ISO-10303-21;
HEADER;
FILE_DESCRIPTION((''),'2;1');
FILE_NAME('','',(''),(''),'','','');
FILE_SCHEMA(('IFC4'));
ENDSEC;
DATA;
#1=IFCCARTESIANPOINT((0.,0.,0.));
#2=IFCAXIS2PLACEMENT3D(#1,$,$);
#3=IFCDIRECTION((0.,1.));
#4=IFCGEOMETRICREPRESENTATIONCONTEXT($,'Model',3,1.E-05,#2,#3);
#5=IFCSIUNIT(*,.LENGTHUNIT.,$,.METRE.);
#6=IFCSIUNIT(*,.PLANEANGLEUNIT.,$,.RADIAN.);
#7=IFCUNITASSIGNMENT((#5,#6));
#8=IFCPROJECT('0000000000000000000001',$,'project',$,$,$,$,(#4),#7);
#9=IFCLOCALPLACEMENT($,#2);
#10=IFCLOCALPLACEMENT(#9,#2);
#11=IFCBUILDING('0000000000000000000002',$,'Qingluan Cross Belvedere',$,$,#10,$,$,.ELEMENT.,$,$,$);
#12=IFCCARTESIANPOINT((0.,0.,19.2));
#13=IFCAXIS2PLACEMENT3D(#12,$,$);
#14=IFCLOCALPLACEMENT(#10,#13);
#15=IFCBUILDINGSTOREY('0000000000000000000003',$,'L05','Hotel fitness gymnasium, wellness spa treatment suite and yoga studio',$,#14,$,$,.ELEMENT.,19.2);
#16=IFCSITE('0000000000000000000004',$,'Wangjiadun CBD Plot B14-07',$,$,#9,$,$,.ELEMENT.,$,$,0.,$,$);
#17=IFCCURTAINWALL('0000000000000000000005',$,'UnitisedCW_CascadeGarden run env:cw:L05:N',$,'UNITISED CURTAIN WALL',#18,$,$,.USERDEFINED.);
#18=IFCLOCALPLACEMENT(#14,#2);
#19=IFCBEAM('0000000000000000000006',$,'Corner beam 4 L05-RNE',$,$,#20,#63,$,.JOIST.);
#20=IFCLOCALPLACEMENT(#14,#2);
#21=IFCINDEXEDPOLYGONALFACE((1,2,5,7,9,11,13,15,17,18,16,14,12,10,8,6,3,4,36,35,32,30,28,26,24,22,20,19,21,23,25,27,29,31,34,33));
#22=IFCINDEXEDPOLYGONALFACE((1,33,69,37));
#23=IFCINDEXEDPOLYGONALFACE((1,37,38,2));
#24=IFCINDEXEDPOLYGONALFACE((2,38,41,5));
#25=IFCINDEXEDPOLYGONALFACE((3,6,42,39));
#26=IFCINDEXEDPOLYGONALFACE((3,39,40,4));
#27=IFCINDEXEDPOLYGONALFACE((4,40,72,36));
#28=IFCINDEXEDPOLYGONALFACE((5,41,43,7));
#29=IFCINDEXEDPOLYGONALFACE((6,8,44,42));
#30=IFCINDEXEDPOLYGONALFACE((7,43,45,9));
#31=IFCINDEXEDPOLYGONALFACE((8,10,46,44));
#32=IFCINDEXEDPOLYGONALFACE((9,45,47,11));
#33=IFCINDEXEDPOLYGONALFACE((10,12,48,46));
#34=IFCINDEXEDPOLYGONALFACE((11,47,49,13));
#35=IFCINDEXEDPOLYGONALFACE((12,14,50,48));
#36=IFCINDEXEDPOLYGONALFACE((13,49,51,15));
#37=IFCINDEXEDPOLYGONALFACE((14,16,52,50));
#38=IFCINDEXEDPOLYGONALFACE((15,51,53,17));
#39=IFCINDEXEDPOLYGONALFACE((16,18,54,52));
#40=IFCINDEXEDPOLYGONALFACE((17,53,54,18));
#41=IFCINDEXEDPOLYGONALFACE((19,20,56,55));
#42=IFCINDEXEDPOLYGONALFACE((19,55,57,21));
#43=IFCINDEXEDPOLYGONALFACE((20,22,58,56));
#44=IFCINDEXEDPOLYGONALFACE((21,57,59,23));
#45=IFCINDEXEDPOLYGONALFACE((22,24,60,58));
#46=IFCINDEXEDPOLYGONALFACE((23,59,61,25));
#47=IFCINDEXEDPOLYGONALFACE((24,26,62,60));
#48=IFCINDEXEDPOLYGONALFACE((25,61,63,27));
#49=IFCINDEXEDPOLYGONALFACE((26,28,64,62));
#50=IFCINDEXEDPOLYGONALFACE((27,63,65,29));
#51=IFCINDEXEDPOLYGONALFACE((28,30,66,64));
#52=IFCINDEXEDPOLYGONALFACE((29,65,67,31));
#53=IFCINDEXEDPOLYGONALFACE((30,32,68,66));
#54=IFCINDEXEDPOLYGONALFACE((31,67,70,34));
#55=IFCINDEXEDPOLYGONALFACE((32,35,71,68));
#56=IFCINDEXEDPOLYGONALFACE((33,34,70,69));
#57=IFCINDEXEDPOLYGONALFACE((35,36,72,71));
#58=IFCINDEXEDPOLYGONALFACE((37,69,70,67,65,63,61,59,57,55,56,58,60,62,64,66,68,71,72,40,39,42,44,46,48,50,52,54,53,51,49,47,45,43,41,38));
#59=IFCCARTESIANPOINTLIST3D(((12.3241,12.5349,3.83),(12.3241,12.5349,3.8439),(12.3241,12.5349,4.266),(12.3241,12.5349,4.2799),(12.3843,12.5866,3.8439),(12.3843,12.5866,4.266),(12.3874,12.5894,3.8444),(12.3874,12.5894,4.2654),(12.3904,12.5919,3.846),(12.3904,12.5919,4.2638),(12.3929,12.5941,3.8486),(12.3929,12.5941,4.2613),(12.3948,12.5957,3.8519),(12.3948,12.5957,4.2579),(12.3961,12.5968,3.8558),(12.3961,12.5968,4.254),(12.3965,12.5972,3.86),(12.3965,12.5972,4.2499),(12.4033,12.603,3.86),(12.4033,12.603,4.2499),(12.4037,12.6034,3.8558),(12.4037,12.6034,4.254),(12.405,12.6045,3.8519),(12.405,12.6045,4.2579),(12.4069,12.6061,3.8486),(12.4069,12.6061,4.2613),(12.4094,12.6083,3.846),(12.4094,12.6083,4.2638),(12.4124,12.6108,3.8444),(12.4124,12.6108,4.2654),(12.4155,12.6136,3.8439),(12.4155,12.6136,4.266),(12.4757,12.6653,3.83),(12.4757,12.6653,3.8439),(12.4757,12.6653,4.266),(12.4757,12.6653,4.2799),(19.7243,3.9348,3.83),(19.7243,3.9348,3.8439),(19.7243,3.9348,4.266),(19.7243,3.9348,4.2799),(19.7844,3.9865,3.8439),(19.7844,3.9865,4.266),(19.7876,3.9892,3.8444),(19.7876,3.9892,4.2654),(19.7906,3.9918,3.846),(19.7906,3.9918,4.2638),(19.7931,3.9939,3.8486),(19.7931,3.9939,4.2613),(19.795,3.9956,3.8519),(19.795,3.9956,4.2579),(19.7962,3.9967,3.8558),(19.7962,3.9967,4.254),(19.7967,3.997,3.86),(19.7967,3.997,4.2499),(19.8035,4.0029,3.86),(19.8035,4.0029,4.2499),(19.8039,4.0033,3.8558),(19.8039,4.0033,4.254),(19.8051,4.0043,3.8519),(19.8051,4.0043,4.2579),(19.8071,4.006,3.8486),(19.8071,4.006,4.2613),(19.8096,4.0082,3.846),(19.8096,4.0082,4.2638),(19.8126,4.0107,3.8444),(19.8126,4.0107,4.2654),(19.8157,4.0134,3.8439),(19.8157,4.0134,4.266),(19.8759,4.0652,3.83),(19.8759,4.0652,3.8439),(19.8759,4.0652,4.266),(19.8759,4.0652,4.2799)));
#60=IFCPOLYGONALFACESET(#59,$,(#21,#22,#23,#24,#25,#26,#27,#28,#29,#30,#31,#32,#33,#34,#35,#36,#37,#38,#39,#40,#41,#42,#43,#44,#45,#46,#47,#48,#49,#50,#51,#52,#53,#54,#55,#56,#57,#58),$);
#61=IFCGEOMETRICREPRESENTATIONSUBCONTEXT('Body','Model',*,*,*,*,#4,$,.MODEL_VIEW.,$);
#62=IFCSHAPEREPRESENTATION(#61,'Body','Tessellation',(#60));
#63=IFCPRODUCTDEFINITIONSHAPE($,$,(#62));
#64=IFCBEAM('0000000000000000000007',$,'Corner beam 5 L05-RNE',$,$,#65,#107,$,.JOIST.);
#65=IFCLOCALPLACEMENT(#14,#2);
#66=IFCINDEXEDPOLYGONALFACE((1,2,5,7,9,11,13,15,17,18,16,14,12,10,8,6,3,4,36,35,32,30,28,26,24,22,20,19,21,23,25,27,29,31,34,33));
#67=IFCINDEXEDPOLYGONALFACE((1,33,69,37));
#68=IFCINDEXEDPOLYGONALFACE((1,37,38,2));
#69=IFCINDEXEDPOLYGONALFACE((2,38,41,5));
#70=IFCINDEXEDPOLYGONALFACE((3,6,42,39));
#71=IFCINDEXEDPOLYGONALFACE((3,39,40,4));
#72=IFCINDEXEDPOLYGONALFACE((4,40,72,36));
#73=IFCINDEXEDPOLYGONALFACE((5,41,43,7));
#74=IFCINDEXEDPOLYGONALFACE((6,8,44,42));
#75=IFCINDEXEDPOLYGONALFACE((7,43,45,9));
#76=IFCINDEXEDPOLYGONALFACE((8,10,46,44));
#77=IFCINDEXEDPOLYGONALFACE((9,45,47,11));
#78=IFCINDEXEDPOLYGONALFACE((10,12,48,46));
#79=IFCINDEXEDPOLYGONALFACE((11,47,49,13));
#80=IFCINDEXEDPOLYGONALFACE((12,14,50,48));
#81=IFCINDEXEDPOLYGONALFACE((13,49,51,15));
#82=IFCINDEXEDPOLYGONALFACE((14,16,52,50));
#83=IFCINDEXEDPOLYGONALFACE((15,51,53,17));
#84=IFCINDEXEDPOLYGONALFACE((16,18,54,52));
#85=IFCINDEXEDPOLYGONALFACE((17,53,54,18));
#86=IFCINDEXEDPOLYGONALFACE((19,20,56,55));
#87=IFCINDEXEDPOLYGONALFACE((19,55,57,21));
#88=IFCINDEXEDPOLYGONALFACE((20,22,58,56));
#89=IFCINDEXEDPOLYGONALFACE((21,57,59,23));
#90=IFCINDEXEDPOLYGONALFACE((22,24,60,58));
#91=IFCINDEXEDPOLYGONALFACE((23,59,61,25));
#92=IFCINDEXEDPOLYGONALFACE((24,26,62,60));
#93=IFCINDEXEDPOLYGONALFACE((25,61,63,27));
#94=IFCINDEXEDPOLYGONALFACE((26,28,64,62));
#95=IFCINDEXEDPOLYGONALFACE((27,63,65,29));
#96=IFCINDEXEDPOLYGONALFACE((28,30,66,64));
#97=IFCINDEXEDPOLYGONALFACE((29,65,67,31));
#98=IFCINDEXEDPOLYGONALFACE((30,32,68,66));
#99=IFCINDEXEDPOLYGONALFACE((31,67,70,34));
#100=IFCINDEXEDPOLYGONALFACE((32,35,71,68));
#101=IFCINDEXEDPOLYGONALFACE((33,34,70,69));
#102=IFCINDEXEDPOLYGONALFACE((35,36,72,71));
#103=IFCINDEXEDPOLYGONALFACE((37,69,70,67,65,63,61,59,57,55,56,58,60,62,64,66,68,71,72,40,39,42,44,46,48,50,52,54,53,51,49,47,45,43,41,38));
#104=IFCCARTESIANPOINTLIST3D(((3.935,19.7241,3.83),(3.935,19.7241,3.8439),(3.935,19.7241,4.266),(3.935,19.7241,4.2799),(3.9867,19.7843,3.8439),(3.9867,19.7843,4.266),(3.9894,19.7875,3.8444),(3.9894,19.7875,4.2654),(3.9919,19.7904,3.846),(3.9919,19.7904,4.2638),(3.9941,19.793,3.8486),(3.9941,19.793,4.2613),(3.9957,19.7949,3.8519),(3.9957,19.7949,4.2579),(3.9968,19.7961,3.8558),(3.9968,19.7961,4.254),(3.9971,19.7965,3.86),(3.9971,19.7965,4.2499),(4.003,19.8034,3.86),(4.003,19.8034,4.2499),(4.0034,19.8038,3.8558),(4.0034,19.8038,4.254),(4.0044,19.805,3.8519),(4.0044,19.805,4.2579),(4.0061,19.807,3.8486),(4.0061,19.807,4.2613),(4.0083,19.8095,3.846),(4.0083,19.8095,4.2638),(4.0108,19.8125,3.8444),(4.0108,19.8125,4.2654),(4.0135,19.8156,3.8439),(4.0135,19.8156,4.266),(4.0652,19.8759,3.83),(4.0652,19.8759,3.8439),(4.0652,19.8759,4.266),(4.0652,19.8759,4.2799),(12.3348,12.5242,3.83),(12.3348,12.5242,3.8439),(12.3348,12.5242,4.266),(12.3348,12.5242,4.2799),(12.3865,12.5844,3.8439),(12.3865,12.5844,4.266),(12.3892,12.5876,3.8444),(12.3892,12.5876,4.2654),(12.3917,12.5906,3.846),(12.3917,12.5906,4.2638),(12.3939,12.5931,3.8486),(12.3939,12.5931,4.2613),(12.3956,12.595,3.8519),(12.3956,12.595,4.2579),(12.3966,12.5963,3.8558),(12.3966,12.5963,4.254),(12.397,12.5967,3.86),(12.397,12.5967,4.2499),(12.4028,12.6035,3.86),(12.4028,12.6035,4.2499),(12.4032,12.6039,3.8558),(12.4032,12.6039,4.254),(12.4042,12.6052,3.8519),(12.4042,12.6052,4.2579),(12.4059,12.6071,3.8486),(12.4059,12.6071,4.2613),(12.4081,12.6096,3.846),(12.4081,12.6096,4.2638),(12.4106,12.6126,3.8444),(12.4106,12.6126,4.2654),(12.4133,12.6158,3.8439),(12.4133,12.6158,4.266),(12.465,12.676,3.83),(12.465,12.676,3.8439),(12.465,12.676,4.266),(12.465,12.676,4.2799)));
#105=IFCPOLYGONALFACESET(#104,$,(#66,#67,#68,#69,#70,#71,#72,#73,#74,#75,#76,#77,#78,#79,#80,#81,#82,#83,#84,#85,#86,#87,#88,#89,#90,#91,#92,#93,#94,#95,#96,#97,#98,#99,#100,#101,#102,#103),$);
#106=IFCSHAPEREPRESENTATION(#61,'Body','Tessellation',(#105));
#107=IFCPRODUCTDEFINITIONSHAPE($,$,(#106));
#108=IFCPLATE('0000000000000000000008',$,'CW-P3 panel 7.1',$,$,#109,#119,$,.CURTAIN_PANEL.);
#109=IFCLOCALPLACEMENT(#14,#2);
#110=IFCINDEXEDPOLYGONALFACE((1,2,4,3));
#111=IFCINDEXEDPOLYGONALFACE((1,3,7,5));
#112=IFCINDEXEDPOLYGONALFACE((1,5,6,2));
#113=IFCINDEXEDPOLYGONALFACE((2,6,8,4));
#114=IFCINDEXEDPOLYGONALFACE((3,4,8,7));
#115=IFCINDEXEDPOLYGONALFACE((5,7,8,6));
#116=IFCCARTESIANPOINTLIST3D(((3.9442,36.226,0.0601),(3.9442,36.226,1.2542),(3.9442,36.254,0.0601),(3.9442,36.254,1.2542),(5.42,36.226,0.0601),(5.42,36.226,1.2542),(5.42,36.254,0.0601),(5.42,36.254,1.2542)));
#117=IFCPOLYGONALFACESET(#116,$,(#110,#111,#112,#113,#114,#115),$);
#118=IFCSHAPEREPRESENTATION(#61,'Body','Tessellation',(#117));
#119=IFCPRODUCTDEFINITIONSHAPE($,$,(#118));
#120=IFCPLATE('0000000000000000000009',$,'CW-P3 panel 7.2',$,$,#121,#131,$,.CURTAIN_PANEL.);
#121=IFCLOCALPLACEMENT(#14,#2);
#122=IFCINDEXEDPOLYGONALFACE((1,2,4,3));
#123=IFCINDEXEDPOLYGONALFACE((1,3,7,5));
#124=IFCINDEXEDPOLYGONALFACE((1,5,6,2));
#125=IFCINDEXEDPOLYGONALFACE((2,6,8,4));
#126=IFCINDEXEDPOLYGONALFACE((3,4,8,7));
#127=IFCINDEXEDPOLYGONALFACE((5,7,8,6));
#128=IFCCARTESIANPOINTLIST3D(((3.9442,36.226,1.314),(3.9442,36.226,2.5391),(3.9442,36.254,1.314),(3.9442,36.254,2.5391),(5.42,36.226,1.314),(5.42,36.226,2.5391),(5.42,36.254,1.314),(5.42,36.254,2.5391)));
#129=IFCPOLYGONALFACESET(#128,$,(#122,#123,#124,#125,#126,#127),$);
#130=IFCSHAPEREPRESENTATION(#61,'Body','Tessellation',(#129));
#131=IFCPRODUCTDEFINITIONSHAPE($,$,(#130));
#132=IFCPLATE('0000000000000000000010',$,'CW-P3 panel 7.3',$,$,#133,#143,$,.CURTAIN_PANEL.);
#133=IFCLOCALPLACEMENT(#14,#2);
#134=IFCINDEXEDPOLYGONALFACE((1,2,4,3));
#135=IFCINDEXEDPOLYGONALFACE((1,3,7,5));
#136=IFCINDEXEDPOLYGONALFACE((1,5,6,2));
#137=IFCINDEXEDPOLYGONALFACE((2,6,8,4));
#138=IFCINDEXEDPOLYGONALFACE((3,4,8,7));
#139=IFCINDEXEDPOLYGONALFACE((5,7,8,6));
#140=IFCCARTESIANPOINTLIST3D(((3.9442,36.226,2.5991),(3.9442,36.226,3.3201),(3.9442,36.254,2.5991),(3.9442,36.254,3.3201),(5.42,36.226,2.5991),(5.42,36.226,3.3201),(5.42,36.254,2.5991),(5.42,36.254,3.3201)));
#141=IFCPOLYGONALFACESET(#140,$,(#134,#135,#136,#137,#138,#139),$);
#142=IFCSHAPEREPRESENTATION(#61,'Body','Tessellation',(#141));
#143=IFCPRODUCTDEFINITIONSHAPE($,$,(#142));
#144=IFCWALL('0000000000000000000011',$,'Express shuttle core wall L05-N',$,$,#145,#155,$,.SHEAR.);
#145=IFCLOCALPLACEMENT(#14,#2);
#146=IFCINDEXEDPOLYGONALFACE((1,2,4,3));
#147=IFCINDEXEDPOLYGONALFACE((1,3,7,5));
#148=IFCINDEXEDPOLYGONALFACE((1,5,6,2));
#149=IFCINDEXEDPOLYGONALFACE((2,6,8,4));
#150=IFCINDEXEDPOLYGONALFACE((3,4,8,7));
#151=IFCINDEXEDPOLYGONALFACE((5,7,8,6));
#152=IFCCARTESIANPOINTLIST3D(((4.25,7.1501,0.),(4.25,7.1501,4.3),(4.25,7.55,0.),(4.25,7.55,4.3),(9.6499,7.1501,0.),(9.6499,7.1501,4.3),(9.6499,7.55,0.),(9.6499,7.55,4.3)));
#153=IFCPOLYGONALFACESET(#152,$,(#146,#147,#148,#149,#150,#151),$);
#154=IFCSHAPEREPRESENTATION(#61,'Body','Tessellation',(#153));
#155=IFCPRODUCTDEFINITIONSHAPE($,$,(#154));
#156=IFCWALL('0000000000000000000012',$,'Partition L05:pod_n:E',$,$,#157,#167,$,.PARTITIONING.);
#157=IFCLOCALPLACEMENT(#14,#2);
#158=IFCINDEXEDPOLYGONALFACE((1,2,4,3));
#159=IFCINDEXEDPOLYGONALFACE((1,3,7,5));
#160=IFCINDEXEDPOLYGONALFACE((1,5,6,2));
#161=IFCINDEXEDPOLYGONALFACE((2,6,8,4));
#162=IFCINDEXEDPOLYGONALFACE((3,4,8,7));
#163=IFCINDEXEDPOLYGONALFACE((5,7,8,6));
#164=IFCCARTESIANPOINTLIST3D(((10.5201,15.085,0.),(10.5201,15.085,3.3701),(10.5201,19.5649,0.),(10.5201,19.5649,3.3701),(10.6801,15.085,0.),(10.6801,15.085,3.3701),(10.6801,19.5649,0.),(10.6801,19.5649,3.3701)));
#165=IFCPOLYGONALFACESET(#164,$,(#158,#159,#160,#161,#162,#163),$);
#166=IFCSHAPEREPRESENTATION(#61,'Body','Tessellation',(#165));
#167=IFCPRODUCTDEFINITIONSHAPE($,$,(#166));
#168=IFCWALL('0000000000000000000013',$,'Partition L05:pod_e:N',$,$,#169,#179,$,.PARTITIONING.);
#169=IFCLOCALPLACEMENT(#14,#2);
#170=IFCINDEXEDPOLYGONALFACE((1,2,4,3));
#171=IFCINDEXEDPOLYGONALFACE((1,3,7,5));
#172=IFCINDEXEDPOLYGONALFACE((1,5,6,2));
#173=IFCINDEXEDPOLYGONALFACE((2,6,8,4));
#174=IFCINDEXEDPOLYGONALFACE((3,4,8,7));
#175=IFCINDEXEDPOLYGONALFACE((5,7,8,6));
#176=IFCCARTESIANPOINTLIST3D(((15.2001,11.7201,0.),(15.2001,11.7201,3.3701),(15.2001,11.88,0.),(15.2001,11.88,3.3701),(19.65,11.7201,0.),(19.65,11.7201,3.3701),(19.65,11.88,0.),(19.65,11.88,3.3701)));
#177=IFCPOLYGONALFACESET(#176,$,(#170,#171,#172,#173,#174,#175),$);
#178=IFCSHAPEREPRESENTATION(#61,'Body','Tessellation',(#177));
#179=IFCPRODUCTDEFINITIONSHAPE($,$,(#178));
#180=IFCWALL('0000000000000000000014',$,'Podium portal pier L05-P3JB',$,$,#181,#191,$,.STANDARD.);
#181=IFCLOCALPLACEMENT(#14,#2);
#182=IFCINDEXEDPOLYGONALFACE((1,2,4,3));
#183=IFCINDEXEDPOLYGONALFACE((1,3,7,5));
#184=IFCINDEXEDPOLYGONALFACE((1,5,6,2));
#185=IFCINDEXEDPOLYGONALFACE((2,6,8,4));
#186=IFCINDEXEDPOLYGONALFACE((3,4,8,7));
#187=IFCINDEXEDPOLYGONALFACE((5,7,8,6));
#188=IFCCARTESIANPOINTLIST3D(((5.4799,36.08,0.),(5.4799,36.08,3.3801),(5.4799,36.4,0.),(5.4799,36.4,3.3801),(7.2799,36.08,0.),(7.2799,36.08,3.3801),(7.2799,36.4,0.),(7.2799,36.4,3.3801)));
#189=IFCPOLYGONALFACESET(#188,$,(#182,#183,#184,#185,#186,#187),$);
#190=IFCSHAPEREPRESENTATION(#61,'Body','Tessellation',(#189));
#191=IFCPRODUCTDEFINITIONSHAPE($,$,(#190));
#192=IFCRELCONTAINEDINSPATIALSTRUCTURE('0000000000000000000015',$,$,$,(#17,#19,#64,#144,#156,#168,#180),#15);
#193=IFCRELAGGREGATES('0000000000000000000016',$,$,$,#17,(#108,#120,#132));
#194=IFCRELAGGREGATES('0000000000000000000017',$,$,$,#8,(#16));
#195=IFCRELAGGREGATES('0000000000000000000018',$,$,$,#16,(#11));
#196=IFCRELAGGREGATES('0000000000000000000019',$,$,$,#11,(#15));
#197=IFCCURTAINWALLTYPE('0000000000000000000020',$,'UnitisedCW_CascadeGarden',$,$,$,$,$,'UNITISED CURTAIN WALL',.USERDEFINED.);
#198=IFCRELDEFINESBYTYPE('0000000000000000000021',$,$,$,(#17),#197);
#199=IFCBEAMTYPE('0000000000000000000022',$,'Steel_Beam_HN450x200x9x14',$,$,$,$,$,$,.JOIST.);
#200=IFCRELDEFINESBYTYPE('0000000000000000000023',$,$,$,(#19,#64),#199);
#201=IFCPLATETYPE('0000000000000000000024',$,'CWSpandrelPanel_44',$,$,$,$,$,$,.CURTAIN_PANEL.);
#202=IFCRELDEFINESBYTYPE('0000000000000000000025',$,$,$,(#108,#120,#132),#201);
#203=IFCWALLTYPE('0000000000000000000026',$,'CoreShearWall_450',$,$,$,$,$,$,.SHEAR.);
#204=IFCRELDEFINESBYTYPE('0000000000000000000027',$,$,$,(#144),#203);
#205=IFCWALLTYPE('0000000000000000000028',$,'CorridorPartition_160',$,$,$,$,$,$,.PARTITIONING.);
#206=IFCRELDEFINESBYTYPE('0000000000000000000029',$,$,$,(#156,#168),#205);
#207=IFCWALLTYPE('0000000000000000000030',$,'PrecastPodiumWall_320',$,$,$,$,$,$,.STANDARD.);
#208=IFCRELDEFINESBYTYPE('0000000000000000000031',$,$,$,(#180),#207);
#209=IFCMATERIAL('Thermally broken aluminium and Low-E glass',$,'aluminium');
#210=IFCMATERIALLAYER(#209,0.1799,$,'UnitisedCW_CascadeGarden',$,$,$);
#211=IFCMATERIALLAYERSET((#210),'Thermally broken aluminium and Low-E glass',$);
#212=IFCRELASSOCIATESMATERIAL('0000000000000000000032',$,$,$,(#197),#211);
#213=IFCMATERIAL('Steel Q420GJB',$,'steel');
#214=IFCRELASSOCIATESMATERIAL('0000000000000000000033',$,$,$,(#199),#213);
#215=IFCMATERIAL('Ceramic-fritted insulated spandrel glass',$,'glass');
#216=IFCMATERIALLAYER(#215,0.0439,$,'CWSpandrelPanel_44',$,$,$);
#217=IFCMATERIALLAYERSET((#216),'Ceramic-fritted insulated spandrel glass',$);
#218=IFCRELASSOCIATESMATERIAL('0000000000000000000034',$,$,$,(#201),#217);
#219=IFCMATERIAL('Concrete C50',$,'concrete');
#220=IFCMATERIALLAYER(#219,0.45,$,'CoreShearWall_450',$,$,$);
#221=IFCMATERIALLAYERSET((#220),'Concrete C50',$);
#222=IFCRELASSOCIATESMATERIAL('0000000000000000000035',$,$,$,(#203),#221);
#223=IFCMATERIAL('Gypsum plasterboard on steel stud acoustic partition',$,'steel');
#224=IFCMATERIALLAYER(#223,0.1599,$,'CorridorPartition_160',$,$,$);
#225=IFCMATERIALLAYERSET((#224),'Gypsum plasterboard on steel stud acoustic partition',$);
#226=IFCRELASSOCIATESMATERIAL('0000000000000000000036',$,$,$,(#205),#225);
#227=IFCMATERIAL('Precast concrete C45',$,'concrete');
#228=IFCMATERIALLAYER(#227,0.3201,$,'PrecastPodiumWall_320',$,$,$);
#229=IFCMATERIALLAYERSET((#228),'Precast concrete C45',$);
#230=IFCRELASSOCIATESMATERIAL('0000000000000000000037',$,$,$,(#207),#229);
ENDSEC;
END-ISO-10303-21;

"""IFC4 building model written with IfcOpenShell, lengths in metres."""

from ifc_helpers import new_model, si_unit, direction, frame, frame_2d, origin, origin_2d, place, context, subcontext, project, spatial, rectangle, i_section, extrude, material, layer, layer_set, material_profile, profile_set, type_object, element, aggregate, save


model = new_model("IFC4")

# Units and contexts
model_context = context("Model", 3, precision=1e-05, world=origin(), true_north=direction((0.0, 1.0)))
body_context = subcontext(model_context, "Body", "Model", "MODEL_VIEW")
ifc_project = project(units=[si_unit("LENGTHUNIT", "METRE"), si_unit("PLANEANGLEUNIT", "RADIAN")], contexts=[model_context])

# Site, building, storey
site_placement = place(None, origin())
site = spatial("IfcSite", under=ifc_project, at=site_placement, Name="Wangjiadun CBD Plot B14-07", CompositionType="ELEMENT", RefElevation=0.0)
building_placement = place(site_placement, origin())
building = spatial("IfcBuilding", under=site, at=building_placement, Name="Qingluan Cross Belvedere", CompositionType="ELEMENT")
storey_placement = place(building_placement, frame((0.0, 0.0, 19.2)))
storey = spatial("IfcBuildingStorey", under=building, at=storey_placement, Name="L05", Description="Hotel fitness gymnasium, wellness spa treatment suite and yoga studio", CompositionType="ELEMENT", Elevation=19.2)

# Curtain wall
ifc_material_1 = material(Name="Thermally broken aluminium and Low-E glass", Category="aluminium")
ifc_layer_1 = layer(ifc_material_1, 0.1799, Name="UnitisedCW_CascadeGarden")
ifc_layer_set_1 = layer_set([ifc_layer_1], Name="Thermally broken aluminium and Low-E glass")
curtain_wall_type = type_object("IfcCurtainWallType", Name="UnitisedCW_CascadeGarden", ElementType="UNITISED CURTAIN WALL", PredefinedType="USERDEFINED", material=ifc_layer_set_1)
curtain_wall_placement = place(storey_placement, origin())
curtain_wall = element("IfcCurtainWall", 1, at=curtain_wall_placement, inside=storey, type_object=curtain_wall_type, Name="UnitisedCW_CascadeGarden run env:cw:L05:N", ObjectType="UNITISED CURTAIN WALL", PredefinedType="USERDEFINED")

# Beams
ifc_material_2 = material(Name="Steel Q420GJB", Category="steel")
ifc_material_profile_1 = material_profile(ifc_material_2, i_section(OverallWidth=0.2, OverallDepth=0.45, WebThickness=0.009, FlangeThickness=0.0139, FilletRadius=0.0161, at=origin_2d()), Name="HN450x200x9x14")
ifc_profile_set_1 = profile_set([ifc_material_profile_1], Name="Steel Q420GJB")
beam_type = type_object("IfcBeamType", Name="Steel_Beam_HN450x200x9x14", PredefinedType="JOIST", material=ifc_profile_set_1)
beam_1_placement = place(storey_placement, frame((12.3999, 12.6001, 4.0549), z_axis=(0.652245, -0.758008, 0.0), x_axis=(0.758008, 0.652245, 0.0)))
element("IfcBeam", 2, at=beam_1_placement, inside=storey, type_object=beam_type, Name="Corner beam 4 L05-RNE", PredefinedType="JOIST", context=body_context, shape_type="SweptSolid", body=[
    extrude(i_section(OverallWidth=0.2, OverallDepth=0.45, WebThickness=0.009, FlangeThickness=0.0139, FilletRadius=0.0161, at=origin_2d()), origin(), (0.0, 0.0, 1.0), 11.3457),
])
beam_2_placement = place(storey_placement, frame((12.3999, 12.6001, 4.0549), z_axis=(-0.759255, 0.650793, 0.0), x_axis=(-0.650793, -0.759255, 0.0)))
element("IfcBeam", 3, at=beam_2_placement, inside=storey, type_object=beam_type, Name="Corner beam 5 L05-RNE", PredefinedType="JOIST", context=body_context, shape_type="SweptSolid", body=[
    extrude(i_section(OverallWidth=0.2, OverallDepth=0.45, WebThickness=0.009, FlangeThickness=0.0139, FilletRadius=0.0161, at=origin_2d()), origin(), (0.0, 0.0, 1.0), 11.0632),
])

# Plates
ifc_material_3 = material(Name="Ceramic-fritted insulated spandrel glass", Category="glass")
ifc_layer_2 = layer(ifc_material_3, 0.0439, Name="CWSpandrelPanel_44")
ifc_layer_set_2 = layer_set([ifc_layer_2], Name="Ceramic-fritted insulated spandrel glass")
plate_type = type_object("IfcPlateType", Name="CWSpandrelPanel_44", PredefinedType="CURTAIN_PANEL", material=ifc_layer_set_2)
plate_1_placement = place(storey_placement, frame((4.6821, 36.24, 0.0601), z_axis=(0.0, 0.0, 1.0), x_axis=(1.0, 0.0, 0.0)))
plate_1 = element("IfcPlate", 4, at=plate_1_placement, type_object=plate_type, Name="CW-P3 panel 7.1", PredefinedType="CURTAIN_PANEL", context=body_context, shape_type="SweptSolid", body=[
    extrude(rectangle(XDim=1.4758, YDim=0.0281, at=origin_2d()), origin(), (0.0, 0.0, 1.0), 1.1941),
])
plate_2_placement = place(storey_placement, frame((4.6821, 36.24, 1.314), z_axis=(0.0, 0.0, 1.0), x_axis=(1.0, 0.0, 0.0)))
plate_2 = element("IfcPlate", 5, at=plate_2_placement, type_object=plate_type, Name="CW-P3 panel 7.2", PredefinedType="CURTAIN_PANEL", context=body_context, shape_type="SweptSolid", body=[
    extrude(rectangle(XDim=1.4758, YDim=0.0281, at=origin_2d()), origin(), (0.0, 0.0, 1.0), 1.2251),
])
plate_3_placement = place(storey_placement, frame((4.6821, 36.24, 2.5991), z_axis=(0.0, 0.0, 1.0), x_axis=(1.0, 0.0, 0.0)))
plate_3 = element("IfcPlate", 6, at=plate_3_placement, type_object=plate_type, Name="CW-P3 panel 7.3", PredefinedType="CURTAIN_PANEL", context=body_context, shape_type="SweptSolid", body=[
    extrude(rectangle(XDim=1.4758, YDim=0.0281, at=origin_2d()), origin(), (0.0, 0.0, 1.0), 0.7209),
])
aggregate(curtain_wall, [plate_1, plate_2, plate_3])

# Walls
ifc_material_4 = material(Name="Concrete C50", Category="concrete")
ifc_layer_3 = layer(ifc_material_4, 0.45, Name="CoreShearWall_450")
ifc_layer_set_3 = layer_set([ifc_layer_3], Name="Concrete C50")
wall_type_1 = type_object("IfcWallType", Name="CoreShearWall_450", PredefinedType="SHEAR", material=ifc_layer_set_3)
wall_1_placement = place(storey_placement, frame((4.25, 7.3501, 0.0), z_axis=(0.0, 0.0, 1.0), x_axis=(1.0, 0.0, 0.0)))
element("IfcWall", 7, at=wall_1_placement, inside=storey, type_object=wall_type_1, Name="Express shuttle core wall L05-N", PredefinedType="SHEAR", context=body_context, shape_type="SweptSolid", body=[
    extrude(rectangle(XDim=5.3999, YDim=0.3999, at=frame_2d((2.7, 0.0))), origin(), (0.0, 0.0, 1.0), 4.3),
])
ifc_material_5 = material(Name="Gypsum plasterboard on steel stud acoustic partition", Category="steel")
ifc_layer_4 = layer(ifc_material_5, 0.1599, Name="CorridorPartition_160")
ifc_layer_set_4 = layer_set([ifc_layer_4], Name="Gypsum plasterboard on steel stud acoustic partition")
wall_type_2 = type_object("IfcWallType", Name="CorridorPartition_160", PredefinedType="PARTITIONING", material=ifc_layer_set_4)
wall_2_placement = place(storey_placement, frame((10.6001, 15.085, 0.0), z_axis=(0.0, 0.0, 1.0), x_axis=(0.0, 1.0, 0.0)))
element("IfcWall", 8, at=wall_2_placement, inside=storey, type_object=wall_type_2, Name="Partition L05:pod_n:E", PredefinedType="PARTITIONING", context=body_context, shape_type="SweptSolid", body=[
    extrude(rectangle(XDim=4.48, YDim=0.1599, at=frame_2d((2.24, 0.0))), origin(), (0.0, 0.0, 1.0), 3.3701),
])
wall_3_placement = place(storey_placement, frame((15.2, 11.8, 0.0), z_axis=(0.0, 0.0, 1.0), x_axis=(1.0, 0.0, 0.0)))
element("IfcWall", 9, at=wall_3_placement, inside=storey, type_object=wall_type_2, Name="Partition L05:pod_e:N", PredefinedType="PARTITIONING", context=body_context, shape_type="SweptSolid", body=[
    extrude(rectangle(XDim=4.45, YDim=0.1599, at=frame_2d((2.2251, 0.0))), origin(), (0.0, 0.0, 1.0), 3.3701),
])
ifc_material_6 = material(Name="Precast concrete C45", Category="concrete")
ifc_layer_5 = layer(ifc_material_6, 0.3201, Name="PrecastPodiumWall_320")
ifc_layer_set_5 = layer_set([ifc_layer_5], Name="Precast concrete C45")
wall_type_3 = type_object("IfcWallType", Name="PrecastPodiumWall_320", PredefinedType="STANDARD", material=ifc_layer_set_5)
wall_4_placement = place(storey_placement, frame((5.48, 36.24, 0.0), z_axis=(0.0, 0.0, 1.0), x_axis=(1.0, 0.0, 0.0)))
element("IfcWall", 10, at=wall_4_placement, inside=storey, type_object=wall_type_3, Name="Podium portal pier L05-P3JB", PredefinedType="STANDARD", context=body_context, shape_type="SweptSolid", body=[
    extrude(rectangle(XDim=1.8, YDim=0.3201, at=frame_2d((0.8999, 0.0))), origin(), (0.0, 0.0, 1.0), 3.3801),
])

save(model, "model.ifc")
